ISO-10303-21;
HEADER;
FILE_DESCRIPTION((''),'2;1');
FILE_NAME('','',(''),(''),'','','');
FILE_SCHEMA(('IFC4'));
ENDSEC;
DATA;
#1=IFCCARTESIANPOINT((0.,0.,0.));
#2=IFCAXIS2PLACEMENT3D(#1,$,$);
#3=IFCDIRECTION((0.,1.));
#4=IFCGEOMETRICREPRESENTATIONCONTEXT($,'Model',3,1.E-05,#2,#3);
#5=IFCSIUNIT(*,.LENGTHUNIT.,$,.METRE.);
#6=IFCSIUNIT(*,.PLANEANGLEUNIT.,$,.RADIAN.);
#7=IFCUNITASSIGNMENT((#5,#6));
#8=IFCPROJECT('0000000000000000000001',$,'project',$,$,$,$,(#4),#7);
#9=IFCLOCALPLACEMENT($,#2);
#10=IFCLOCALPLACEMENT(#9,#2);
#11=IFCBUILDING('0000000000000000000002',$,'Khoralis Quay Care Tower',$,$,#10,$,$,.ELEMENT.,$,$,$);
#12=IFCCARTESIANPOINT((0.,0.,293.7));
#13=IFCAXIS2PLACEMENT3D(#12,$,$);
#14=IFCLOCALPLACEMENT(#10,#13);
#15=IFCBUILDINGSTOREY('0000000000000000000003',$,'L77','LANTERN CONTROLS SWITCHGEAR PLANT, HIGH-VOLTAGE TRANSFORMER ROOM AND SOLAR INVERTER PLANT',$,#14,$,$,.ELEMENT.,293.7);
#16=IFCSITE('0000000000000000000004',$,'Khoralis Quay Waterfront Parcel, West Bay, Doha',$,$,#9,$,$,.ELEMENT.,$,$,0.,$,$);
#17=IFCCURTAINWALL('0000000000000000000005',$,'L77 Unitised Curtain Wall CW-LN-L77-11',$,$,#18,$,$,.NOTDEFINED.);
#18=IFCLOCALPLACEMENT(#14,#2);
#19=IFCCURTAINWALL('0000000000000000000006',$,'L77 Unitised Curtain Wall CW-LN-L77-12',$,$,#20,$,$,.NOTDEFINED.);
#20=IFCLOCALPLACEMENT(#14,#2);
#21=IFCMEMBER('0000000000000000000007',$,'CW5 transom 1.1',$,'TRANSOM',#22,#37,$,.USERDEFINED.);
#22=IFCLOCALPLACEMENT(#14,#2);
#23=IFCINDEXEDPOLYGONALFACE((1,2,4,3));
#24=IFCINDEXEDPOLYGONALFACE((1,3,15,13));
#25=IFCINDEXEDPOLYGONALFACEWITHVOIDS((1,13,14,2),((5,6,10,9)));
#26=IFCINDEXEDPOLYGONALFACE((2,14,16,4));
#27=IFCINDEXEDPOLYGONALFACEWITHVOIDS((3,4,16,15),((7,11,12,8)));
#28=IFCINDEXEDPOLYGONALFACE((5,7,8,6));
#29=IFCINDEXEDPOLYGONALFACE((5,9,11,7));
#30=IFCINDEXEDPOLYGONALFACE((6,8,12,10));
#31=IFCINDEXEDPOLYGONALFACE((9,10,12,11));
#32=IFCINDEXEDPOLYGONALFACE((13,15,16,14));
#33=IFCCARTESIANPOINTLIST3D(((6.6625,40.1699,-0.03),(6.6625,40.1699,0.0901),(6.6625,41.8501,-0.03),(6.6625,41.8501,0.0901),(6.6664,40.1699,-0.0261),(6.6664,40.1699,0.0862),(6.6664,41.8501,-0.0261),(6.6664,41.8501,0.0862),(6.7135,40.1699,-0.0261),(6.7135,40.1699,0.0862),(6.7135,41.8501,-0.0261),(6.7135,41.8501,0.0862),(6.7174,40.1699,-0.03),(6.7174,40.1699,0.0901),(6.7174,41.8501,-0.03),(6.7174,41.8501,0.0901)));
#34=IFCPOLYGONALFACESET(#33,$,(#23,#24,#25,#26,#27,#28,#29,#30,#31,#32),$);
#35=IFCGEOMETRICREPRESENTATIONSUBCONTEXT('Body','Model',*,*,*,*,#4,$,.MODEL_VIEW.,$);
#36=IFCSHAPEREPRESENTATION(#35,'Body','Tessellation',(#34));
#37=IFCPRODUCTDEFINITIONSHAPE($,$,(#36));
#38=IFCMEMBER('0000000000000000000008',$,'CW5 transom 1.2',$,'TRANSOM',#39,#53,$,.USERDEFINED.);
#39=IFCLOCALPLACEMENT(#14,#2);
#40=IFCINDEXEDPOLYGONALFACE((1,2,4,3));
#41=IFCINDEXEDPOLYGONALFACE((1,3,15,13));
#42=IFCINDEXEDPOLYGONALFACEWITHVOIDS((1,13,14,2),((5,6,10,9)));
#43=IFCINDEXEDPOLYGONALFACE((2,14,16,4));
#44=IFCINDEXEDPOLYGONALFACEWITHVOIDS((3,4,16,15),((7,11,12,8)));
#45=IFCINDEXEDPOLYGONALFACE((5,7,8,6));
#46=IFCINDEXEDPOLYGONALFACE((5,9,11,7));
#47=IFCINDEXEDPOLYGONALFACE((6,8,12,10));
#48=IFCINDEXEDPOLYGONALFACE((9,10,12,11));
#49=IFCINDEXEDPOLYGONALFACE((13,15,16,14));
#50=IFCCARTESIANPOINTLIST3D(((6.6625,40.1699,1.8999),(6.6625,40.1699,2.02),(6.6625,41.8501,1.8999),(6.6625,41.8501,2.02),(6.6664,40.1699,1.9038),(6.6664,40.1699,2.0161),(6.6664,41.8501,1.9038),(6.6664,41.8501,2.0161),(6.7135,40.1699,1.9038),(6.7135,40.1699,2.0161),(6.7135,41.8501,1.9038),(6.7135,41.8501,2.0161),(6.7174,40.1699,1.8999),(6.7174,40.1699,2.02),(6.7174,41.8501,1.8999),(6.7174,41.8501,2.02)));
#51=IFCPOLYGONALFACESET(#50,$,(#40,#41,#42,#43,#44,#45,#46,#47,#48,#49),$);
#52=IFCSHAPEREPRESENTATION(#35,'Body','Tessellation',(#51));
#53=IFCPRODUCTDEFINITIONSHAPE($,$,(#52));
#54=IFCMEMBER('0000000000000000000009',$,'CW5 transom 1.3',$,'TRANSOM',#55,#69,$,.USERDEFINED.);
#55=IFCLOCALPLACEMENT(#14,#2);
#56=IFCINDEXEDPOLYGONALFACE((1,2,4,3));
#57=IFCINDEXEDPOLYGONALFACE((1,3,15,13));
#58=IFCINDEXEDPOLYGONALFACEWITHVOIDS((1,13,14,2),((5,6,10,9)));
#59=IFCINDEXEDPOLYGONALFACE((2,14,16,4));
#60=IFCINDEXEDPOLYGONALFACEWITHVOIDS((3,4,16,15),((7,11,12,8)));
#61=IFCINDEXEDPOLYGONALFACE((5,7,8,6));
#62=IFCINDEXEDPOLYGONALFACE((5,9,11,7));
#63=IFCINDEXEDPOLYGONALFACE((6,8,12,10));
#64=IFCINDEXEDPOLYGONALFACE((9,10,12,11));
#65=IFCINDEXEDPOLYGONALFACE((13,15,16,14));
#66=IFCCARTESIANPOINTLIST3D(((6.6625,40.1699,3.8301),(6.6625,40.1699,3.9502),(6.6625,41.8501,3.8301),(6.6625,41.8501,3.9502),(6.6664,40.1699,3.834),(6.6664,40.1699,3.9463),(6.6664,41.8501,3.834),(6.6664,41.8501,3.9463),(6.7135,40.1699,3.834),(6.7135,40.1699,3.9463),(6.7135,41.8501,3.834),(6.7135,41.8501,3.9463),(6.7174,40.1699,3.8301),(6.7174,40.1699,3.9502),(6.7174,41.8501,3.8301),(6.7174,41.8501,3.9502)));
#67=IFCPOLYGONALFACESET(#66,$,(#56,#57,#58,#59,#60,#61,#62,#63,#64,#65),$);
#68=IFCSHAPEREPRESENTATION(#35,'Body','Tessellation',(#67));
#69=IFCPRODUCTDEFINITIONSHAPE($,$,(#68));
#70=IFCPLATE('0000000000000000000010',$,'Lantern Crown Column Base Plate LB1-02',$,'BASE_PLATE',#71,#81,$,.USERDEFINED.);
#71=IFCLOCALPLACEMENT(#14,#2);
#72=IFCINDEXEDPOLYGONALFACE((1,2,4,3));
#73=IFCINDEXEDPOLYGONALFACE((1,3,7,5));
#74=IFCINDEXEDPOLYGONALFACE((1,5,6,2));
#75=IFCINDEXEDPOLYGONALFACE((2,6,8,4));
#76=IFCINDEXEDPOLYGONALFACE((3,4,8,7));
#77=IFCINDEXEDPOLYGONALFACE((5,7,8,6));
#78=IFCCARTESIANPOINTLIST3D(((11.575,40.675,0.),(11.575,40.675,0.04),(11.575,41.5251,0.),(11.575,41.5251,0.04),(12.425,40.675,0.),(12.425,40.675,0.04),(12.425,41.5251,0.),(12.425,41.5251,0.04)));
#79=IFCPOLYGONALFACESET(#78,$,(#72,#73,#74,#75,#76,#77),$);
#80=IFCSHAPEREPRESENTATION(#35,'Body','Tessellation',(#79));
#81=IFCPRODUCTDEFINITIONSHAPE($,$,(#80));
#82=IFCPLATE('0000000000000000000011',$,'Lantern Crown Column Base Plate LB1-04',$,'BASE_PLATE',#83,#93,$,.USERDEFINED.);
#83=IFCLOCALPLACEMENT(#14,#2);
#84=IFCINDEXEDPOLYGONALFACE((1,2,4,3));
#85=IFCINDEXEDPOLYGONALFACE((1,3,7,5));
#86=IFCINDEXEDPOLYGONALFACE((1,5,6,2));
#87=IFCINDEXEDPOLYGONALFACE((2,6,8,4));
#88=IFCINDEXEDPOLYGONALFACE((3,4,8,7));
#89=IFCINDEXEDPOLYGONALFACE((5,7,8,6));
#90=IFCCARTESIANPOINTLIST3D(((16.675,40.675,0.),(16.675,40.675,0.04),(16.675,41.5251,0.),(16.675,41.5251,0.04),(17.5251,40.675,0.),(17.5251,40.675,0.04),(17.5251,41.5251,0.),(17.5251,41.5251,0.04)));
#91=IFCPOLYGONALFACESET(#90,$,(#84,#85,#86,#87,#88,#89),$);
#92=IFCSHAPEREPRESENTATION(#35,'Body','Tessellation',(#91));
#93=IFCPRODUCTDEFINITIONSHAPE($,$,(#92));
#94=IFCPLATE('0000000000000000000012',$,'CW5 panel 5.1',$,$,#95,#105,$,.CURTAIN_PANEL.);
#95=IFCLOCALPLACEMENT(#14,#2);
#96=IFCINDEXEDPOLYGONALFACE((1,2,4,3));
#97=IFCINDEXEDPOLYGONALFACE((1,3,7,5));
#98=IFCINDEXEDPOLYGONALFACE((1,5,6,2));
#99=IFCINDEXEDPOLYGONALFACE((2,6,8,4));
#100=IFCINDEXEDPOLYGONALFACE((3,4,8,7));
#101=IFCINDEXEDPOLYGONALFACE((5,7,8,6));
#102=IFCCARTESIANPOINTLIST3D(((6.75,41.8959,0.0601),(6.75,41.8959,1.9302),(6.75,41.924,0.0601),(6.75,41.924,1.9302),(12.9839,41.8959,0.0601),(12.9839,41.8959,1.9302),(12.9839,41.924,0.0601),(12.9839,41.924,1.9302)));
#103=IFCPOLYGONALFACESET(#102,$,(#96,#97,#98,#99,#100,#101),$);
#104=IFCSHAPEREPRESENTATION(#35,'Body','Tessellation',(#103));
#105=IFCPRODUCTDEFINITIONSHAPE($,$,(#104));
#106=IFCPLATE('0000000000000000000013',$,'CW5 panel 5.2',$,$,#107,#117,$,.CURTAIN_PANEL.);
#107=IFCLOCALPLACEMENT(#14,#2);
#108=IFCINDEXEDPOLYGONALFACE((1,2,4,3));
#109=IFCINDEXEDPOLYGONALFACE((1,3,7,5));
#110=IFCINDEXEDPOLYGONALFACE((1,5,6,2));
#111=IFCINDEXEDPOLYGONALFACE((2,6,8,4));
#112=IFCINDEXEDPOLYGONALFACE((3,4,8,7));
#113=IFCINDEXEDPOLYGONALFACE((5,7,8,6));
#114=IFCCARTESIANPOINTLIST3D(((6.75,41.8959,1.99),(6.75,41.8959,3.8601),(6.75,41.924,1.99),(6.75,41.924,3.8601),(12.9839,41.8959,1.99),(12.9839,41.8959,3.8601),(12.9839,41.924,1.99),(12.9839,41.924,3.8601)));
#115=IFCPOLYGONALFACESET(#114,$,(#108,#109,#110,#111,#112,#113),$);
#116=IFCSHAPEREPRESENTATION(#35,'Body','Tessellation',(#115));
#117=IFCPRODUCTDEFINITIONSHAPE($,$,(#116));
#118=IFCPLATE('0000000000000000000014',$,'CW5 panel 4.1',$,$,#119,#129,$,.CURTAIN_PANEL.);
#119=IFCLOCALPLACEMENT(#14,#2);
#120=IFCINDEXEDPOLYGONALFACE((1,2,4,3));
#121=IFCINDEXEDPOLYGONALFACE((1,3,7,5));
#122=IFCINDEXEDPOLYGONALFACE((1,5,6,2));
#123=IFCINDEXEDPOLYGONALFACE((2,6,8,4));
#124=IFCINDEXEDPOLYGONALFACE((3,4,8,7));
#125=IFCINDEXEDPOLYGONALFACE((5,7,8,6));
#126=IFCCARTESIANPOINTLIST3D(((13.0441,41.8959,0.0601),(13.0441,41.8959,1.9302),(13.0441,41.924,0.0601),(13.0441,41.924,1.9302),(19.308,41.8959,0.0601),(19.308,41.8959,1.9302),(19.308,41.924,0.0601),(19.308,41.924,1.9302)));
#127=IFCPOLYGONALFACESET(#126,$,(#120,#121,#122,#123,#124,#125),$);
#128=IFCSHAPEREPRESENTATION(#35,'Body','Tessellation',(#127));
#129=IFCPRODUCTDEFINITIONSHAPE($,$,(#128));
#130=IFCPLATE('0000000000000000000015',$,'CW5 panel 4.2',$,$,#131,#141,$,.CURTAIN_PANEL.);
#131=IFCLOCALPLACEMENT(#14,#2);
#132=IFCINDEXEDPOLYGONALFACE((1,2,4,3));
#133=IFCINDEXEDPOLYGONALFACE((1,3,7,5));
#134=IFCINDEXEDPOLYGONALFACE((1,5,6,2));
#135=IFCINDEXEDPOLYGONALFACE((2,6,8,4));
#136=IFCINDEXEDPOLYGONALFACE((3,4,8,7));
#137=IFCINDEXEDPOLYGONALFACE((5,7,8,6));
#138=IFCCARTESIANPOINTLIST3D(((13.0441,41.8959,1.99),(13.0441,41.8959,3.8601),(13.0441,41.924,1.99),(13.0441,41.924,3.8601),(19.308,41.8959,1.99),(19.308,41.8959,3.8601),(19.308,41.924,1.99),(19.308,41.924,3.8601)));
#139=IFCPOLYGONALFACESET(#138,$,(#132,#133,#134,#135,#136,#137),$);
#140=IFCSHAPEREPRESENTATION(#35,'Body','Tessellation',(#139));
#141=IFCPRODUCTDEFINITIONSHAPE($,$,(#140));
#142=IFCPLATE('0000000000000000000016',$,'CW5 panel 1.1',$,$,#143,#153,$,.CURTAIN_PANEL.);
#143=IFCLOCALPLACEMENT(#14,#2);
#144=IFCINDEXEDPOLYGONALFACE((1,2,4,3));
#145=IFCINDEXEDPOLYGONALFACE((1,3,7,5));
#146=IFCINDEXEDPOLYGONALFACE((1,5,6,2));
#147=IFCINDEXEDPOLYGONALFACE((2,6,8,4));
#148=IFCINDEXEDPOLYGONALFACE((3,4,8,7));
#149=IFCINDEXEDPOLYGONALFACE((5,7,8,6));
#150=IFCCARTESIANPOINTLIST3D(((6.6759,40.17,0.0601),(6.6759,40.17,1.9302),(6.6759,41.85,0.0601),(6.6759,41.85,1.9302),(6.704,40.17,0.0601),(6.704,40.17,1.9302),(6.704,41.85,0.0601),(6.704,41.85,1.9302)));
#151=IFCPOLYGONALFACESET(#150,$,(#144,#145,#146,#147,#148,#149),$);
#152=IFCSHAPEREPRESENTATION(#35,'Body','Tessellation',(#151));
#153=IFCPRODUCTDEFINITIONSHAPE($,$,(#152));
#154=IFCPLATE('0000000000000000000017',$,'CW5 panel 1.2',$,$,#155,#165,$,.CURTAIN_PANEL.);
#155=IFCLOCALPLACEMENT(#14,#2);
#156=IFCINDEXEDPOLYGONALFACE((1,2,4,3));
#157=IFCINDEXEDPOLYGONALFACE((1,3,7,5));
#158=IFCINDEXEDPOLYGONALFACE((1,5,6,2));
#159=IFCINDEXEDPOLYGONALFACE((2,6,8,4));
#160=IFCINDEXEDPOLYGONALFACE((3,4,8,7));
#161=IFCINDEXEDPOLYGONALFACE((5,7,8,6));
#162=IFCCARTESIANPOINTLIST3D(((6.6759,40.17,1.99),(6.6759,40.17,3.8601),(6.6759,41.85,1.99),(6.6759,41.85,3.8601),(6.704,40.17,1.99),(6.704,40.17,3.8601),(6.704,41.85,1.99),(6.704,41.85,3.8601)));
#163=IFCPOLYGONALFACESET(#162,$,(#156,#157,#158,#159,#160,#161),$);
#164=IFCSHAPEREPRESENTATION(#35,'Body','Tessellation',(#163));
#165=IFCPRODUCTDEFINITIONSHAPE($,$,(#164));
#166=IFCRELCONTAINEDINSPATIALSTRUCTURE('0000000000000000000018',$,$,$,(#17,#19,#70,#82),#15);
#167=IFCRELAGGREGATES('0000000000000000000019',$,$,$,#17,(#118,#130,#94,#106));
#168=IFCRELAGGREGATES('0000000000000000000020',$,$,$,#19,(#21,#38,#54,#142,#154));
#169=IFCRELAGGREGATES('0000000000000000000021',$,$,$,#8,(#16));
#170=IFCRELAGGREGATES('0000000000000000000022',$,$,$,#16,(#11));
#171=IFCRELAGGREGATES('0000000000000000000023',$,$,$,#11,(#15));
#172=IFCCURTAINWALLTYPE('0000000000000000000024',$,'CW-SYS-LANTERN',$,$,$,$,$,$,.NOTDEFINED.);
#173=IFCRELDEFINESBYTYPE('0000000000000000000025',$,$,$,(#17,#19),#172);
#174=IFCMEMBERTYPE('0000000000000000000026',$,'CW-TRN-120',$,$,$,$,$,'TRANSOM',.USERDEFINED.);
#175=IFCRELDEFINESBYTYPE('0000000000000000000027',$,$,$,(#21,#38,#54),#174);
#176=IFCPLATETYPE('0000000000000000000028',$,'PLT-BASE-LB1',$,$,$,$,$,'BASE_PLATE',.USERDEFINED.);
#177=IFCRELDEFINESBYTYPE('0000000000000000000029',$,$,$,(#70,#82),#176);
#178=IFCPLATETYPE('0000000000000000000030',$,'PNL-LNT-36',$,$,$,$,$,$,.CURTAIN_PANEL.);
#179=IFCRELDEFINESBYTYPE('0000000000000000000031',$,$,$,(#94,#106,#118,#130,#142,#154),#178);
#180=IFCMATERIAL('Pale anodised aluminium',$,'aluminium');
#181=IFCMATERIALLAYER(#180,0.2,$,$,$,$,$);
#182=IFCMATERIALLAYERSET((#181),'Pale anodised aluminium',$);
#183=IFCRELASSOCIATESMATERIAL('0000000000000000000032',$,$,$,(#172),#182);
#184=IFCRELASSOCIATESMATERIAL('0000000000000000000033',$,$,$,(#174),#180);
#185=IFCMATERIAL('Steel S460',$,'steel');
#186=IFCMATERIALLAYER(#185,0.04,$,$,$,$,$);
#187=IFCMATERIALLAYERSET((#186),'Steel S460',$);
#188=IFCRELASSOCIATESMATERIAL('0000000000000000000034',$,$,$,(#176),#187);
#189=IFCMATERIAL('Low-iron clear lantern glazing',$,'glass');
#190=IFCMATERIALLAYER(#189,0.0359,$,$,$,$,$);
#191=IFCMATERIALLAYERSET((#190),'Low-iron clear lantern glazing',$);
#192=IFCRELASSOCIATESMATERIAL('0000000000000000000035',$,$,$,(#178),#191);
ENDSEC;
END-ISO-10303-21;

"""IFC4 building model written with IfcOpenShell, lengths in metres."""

from ifc_helpers import new_model, si_unit, direction, frame, origin, origin_2d, place, context, subcontext, project, spatial, rectangle, hollow_rectangle, extrude, source, transform, mapped, material, layer, layer_set, material_profile, profile_set, type_object, element, aggregate, save


model = new_model("IFC4")

# Units and contexts
model_context = context("Model", 3, precision=1e-05, world=origin(), true_north=direction((0.0, 1.0)))
body_context = subcontext(model_context, "Body", "Model", "MODEL_VIEW")
ifc_project = project(units=[si_unit("LENGTHUNIT", "METRE"), si_unit("PLANEANGLEUNIT", "RADIAN")], contexts=[model_context])

# Site, building, storey
site_placement = place(None, origin())
site = spatial("IfcSite", under=ifc_project, at=site_placement, Name="Khoralis Quay Waterfront Parcel, West Bay, Doha", CompositionType="ELEMENT", RefElevation=0.0)
building_placement = place(site_placement, origin())
building = spatial("IfcBuilding", under=site, at=building_placement, Name="Khoralis Quay Care Tower", CompositionType="ELEMENT")
storey_placement = place(building_placement, frame((0.0, 0.0, 293.7)))
storey = spatial("IfcBuildingStorey", under=building, at=storey_placement, Name="L77", Description="LANTERN CONTROLS SWITCHGEAR PLANT, HIGH-VOLTAGE TRANSFORMER ROOM AND SOLAR INVERTER PLANT", CompositionType="ELEMENT", Elevation=293.7)

# Shared definitions
ifc_material_1 = material(Name="Steel S460", Category="steel")

# Curtain walls
ifc_material_2 = material(Name="Pale anodised aluminium", Category="aluminium")
ifc_layer_1 = layer(ifc_material_2, 0.2)
ifc_layer_set_1 = layer_set([ifc_layer_1], Name="Pale anodised aluminium")
curtain_wall_type = type_object("IfcCurtainWallType", Name="CW-SYS-LANTERN", PredefinedType="NOTDEFINED", material=ifc_layer_set_1)
curtain_wall_1_placement = place(storey_placement, origin())
curtain_wall_1 = element("IfcCurtainWall", 1, at=curtain_wall_1_placement, inside=storey, type_object=curtain_wall_type, Name="L77 Unitised Curtain Wall CW-LN-L77-11", PredefinedType="NOTDEFINED")
curtain_wall_2_placement = place(storey_placement, origin())
curtain_wall_2 = element("IfcCurtainWall", 2, at=curtain_wall_2_placement, inside=storey, type_object=curtain_wall_type, Name="L77 Unitised Curtain Wall CW-LN-L77-12", PredefinedType="NOTDEFINED")

# Members
ifc_material_profile_1 = material_profile(ifc_material_2, hollow_rectangle(XDim=0.0549, YDim=0.1201, WallThickness=0.0039, at=origin_2d()), Name="Pale anodised aluminium")
ifc_profile_set_1 = profile_set([ifc_material_profile_1], Name="Pale anodised aluminium")
member_type_1 = type_object("IfcMemberType", Name="CW-TRN-120", ElementType="TRANSOM", PredefinedType="USERDEFINED", material=ifc_profile_set_1)
shared_shape_1 = source(origin(), body_context, "Body", "SweptSolid", [
    extrude(hollow_rectangle(XDim=0.0549, YDim=0.1201, WallThickness=0.0039, at=origin_2d()), origin(), (0.0, 0.0, 1.0), 1.6802),
])
member_1_placement = place(storey_placement, frame((6.6899, 41.8501, 0.03), z_axis=(0.0, -1.0, 0.0), x_axis=(1.0, 0.0, 0.0)))
member_1 = element("IfcMember", 3, at=member_1_placement, type_object=member_type_1, Name="CW5 transom 1.1", ObjectType="TRANSOM", PredefinedType="USERDEFINED", context=body_context, shape_type="MappedRepresentation", body=[
    mapped(shared_shape_1, transform((0.0, 0.0, 0.0), scale=1.0)),
])
member_2_placement = place(storey_placement, frame((6.6899, 41.8501, 1.96), z_axis=(0.0, -1.0, 0.0), x_axis=(1.0, 0.0, 0.0)))
member_2 = element("IfcMember", 4, at=member_2_placement, type_object=member_type_1, Name="CW5 transom 1.2", ObjectType="TRANSOM", PredefinedType="USERDEFINED", context=body_context, shape_type="MappedRepresentation", body=[
    mapped(shared_shape_1, transform((0.0, 0.0, 0.0), scale=1.0)),
])
member_3_placement = place(storey_placement, frame((6.6899, 41.8501, 3.8901), z_axis=(0.0, -1.0, 0.0), x_axis=(1.0, 0.0, 0.0)))
member_3 = element("IfcMember", 5, at=member_3_placement, type_object=member_type_1, Name="CW5 transom 1.3", ObjectType="TRANSOM", PredefinedType="USERDEFINED", context=body_context, shape_type="MappedRepresentation", body=[
    mapped(shared_shape_1, transform((0.0, 0.0, 0.0), scale=1.0)),
])

# Plates
ifc_layer_2 = layer(ifc_material_1, 0.04)
ifc_layer_set_2 = layer_set([ifc_layer_2], Name="Steel S460")
plate_type_1 = type_object("IfcPlateType", Name="PLT-BASE-LB1", ElementType="BASE_PLATE", PredefinedType="USERDEFINED", material=ifc_layer_set_2)
shared_shape_2 = source(origin(), body_context, "Body", "SweptSolid", [
    extrude(rectangle(XDim=0.8501, YDim=0.8501, at=origin_2d()), origin(), (0.0, 0.0, 1.0), 0.04),
])
for number, where, z_axis, x_axis, name in (
    (6, (12.0, 41.1001, 0.0), (0.0, 0.0, 1.0), (1.0, 0.0, 0.0), "Lantern Crown Column Base Plate LB1-02"),
    (7, (17.1001, 41.1001, 0.0), (0.0, 0.0, 1.0), (1.0, 0.0, 0.0), "Lantern Crown Column Base Plate LB1-04"),
):
    element("IfcPlate", number, at=place(storey_placement, frame(where, z_axis=z_axis, x_axis=x_axis)), inside=storey, type_object=plate_type_1, Name=name, ObjectType="BASE_PLATE", PredefinedType="USERDEFINED", context=body_context, shape_type="MappedRepresentation", body=[
        mapped(shared_shape_2, transform((0.0, 0.0, 0.0), scale=1.0)),
    ])

# Plates
ifc_material_3 = material(Name="Low-iron clear lantern glazing", Category="glass")
ifc_layer_3 = layer(ifc_material_3, 0.0359)
ifc_layer_set_3 = layer_set([ifc_layer_3], Name="Low-iron clear lantern glazing")
plate_type_2 = type_object("IfcPlateType", Name="PNL-LNT-36", PredefinedType="CURTAIN_PANEL", material=ifc_layer_set_3)
shared_shape_3 = source(origin(), body_context, "Body", "SweptSolid", [
    extrude(rectangle(XDim=6.2339, YDim=0.0281, at=origin_2d()), origin(), (0.0, 0.0, 1.0), 1.8701),
])
plate_1_placement = place(storey_placement, frame((9.8669, 41.9099, 0.0601), z_axis=(0.0, 0.0, 1.0), x_axis=(-1.0, 0.0, 0.0)))
plate_1 = element("IfcPlate", 8, at=plate_1_placement, type_object=plate_type_2, Name="CW5 panel 5.1", PredefinedType="CURTAIN_PANEL", context=body_context, shape_type="MappedRepresentation", body=[
    mapped(shared_shape_3, transform((0.0, 0.0, 0.0), scale=1.0)),
])
plate_2_placement = place(storey_placement, frame((9.8669, 41.9099, 1.99), z_axis=(0.0, 0.0, 1.0), x_axis=(-1.0, 0.0, 0.0)))
plate_2 = element("IfcPlate", 9, at=plate_2_placement, type_object=plate_type_2, Name="CW5 panel 5.2", PredefinedType="CURTAIN_PANEL", context=body_context, shape_type="MappedRepresentation", body=[
    mapped(shared_shape_3, transform((0.0, 0.0, 0.0), scale=1.0)),
])
shared_shape_4 = source(origin(), body_context, "Body", "SweptSolid", [
    extrude(rectangle(XDim=6.2639, YDim=0.0281, at=origin_2d()), origin(), (0.0, 0.0, 1.0), 1.8701),
])
plate_3_placement = place(storey_placement, frame((16.176, 41.9099, 0.0601), z_axis=(0.0, 0.0, 1.0), x_axis=(-1.0, 0.0, 0.0)))
plate_3 = element("IfcPlate", 10, at=plate_3_placement, type_object=plate_type_2, Name="CW5 panel 4.1", PredefinedType="CURTAIN_PANEL", context=body_context, shape_type="MappedRepresentation", body=[
    mapped(shared_shape_4, transform((0.0, 0.0, 0.0), scale=1.0)),
])
plate_4_placement = place(storey_placement, frame((16.176, 41.9099, 1.99), z_axis=(0.0, 0.0, 1.0), x_axis=(-1.0, 0.0, 0.0)))
plate_4 = element("IfcPlate", 11, at=plate_4_placement, type_object=plate_type_2, Name="CW5 panel 4.2", PredefinedType="CURTAIN_PANEL", context=body_context, shape_type="MappedRepresentation", body=[
    mapped(shared_shape_4, transform((0.0, 0.0, 0.0), scale=1.0)),
])
aggregate(curtain_wall_1, [plate_3, plate_4, plate_1, plate_2])
shared_shape_5 = source(origin(), body_context, "Body", "SweptSolid", [
    extrude(rectangle(XDim=1.6799, YDim=0.0281, at=origin_2d()), origin(), (0.0, 0.0, 1.0), 1.8701),
])
plate_5_placement = place(storey_placement, frame((6.6899, 41.01, 0.0601), z_axis=(0.0, 0.0, 1.0), x_axis=(0.0, -1.0, 0.0)))
plate_5 = element("IfcPlate", 12, at=plate_5_placement, type_object=plate_type_2, Name="CW5 panel 1.1", PredefinedType="CURTAIN_PANEL", context=body_context, shape_type="MappedRepresentation", body=[
    mapped(shared_shape_5, transform((0.0, 0.0, 0.0), scale=1.0)),
])
plate_6_placement = place(storey_placement, frame((6.6899, 41.01, 1.99), z_axis=(0.0, 0.0, 1.0), x_axis=(0.0, -1.0, 0.0)))
plate_6 = element("IfcPlate", 13, at=plate_6_placement, type_object=plate_type_2, Name="CW5 panel 1.2", PredefinedType="CURTAIN_PANEL", context=body_context, shape_type="MappedRepresentation", body=[
    mapped(shared_shape_5, transform((0.0, 0.0, 0.0), scale=1.0)),
])
aggregate(curtain_wall_2, [member_1, member_2, member_3, plate_5, plate_6])

save(model, "model.ifc")
